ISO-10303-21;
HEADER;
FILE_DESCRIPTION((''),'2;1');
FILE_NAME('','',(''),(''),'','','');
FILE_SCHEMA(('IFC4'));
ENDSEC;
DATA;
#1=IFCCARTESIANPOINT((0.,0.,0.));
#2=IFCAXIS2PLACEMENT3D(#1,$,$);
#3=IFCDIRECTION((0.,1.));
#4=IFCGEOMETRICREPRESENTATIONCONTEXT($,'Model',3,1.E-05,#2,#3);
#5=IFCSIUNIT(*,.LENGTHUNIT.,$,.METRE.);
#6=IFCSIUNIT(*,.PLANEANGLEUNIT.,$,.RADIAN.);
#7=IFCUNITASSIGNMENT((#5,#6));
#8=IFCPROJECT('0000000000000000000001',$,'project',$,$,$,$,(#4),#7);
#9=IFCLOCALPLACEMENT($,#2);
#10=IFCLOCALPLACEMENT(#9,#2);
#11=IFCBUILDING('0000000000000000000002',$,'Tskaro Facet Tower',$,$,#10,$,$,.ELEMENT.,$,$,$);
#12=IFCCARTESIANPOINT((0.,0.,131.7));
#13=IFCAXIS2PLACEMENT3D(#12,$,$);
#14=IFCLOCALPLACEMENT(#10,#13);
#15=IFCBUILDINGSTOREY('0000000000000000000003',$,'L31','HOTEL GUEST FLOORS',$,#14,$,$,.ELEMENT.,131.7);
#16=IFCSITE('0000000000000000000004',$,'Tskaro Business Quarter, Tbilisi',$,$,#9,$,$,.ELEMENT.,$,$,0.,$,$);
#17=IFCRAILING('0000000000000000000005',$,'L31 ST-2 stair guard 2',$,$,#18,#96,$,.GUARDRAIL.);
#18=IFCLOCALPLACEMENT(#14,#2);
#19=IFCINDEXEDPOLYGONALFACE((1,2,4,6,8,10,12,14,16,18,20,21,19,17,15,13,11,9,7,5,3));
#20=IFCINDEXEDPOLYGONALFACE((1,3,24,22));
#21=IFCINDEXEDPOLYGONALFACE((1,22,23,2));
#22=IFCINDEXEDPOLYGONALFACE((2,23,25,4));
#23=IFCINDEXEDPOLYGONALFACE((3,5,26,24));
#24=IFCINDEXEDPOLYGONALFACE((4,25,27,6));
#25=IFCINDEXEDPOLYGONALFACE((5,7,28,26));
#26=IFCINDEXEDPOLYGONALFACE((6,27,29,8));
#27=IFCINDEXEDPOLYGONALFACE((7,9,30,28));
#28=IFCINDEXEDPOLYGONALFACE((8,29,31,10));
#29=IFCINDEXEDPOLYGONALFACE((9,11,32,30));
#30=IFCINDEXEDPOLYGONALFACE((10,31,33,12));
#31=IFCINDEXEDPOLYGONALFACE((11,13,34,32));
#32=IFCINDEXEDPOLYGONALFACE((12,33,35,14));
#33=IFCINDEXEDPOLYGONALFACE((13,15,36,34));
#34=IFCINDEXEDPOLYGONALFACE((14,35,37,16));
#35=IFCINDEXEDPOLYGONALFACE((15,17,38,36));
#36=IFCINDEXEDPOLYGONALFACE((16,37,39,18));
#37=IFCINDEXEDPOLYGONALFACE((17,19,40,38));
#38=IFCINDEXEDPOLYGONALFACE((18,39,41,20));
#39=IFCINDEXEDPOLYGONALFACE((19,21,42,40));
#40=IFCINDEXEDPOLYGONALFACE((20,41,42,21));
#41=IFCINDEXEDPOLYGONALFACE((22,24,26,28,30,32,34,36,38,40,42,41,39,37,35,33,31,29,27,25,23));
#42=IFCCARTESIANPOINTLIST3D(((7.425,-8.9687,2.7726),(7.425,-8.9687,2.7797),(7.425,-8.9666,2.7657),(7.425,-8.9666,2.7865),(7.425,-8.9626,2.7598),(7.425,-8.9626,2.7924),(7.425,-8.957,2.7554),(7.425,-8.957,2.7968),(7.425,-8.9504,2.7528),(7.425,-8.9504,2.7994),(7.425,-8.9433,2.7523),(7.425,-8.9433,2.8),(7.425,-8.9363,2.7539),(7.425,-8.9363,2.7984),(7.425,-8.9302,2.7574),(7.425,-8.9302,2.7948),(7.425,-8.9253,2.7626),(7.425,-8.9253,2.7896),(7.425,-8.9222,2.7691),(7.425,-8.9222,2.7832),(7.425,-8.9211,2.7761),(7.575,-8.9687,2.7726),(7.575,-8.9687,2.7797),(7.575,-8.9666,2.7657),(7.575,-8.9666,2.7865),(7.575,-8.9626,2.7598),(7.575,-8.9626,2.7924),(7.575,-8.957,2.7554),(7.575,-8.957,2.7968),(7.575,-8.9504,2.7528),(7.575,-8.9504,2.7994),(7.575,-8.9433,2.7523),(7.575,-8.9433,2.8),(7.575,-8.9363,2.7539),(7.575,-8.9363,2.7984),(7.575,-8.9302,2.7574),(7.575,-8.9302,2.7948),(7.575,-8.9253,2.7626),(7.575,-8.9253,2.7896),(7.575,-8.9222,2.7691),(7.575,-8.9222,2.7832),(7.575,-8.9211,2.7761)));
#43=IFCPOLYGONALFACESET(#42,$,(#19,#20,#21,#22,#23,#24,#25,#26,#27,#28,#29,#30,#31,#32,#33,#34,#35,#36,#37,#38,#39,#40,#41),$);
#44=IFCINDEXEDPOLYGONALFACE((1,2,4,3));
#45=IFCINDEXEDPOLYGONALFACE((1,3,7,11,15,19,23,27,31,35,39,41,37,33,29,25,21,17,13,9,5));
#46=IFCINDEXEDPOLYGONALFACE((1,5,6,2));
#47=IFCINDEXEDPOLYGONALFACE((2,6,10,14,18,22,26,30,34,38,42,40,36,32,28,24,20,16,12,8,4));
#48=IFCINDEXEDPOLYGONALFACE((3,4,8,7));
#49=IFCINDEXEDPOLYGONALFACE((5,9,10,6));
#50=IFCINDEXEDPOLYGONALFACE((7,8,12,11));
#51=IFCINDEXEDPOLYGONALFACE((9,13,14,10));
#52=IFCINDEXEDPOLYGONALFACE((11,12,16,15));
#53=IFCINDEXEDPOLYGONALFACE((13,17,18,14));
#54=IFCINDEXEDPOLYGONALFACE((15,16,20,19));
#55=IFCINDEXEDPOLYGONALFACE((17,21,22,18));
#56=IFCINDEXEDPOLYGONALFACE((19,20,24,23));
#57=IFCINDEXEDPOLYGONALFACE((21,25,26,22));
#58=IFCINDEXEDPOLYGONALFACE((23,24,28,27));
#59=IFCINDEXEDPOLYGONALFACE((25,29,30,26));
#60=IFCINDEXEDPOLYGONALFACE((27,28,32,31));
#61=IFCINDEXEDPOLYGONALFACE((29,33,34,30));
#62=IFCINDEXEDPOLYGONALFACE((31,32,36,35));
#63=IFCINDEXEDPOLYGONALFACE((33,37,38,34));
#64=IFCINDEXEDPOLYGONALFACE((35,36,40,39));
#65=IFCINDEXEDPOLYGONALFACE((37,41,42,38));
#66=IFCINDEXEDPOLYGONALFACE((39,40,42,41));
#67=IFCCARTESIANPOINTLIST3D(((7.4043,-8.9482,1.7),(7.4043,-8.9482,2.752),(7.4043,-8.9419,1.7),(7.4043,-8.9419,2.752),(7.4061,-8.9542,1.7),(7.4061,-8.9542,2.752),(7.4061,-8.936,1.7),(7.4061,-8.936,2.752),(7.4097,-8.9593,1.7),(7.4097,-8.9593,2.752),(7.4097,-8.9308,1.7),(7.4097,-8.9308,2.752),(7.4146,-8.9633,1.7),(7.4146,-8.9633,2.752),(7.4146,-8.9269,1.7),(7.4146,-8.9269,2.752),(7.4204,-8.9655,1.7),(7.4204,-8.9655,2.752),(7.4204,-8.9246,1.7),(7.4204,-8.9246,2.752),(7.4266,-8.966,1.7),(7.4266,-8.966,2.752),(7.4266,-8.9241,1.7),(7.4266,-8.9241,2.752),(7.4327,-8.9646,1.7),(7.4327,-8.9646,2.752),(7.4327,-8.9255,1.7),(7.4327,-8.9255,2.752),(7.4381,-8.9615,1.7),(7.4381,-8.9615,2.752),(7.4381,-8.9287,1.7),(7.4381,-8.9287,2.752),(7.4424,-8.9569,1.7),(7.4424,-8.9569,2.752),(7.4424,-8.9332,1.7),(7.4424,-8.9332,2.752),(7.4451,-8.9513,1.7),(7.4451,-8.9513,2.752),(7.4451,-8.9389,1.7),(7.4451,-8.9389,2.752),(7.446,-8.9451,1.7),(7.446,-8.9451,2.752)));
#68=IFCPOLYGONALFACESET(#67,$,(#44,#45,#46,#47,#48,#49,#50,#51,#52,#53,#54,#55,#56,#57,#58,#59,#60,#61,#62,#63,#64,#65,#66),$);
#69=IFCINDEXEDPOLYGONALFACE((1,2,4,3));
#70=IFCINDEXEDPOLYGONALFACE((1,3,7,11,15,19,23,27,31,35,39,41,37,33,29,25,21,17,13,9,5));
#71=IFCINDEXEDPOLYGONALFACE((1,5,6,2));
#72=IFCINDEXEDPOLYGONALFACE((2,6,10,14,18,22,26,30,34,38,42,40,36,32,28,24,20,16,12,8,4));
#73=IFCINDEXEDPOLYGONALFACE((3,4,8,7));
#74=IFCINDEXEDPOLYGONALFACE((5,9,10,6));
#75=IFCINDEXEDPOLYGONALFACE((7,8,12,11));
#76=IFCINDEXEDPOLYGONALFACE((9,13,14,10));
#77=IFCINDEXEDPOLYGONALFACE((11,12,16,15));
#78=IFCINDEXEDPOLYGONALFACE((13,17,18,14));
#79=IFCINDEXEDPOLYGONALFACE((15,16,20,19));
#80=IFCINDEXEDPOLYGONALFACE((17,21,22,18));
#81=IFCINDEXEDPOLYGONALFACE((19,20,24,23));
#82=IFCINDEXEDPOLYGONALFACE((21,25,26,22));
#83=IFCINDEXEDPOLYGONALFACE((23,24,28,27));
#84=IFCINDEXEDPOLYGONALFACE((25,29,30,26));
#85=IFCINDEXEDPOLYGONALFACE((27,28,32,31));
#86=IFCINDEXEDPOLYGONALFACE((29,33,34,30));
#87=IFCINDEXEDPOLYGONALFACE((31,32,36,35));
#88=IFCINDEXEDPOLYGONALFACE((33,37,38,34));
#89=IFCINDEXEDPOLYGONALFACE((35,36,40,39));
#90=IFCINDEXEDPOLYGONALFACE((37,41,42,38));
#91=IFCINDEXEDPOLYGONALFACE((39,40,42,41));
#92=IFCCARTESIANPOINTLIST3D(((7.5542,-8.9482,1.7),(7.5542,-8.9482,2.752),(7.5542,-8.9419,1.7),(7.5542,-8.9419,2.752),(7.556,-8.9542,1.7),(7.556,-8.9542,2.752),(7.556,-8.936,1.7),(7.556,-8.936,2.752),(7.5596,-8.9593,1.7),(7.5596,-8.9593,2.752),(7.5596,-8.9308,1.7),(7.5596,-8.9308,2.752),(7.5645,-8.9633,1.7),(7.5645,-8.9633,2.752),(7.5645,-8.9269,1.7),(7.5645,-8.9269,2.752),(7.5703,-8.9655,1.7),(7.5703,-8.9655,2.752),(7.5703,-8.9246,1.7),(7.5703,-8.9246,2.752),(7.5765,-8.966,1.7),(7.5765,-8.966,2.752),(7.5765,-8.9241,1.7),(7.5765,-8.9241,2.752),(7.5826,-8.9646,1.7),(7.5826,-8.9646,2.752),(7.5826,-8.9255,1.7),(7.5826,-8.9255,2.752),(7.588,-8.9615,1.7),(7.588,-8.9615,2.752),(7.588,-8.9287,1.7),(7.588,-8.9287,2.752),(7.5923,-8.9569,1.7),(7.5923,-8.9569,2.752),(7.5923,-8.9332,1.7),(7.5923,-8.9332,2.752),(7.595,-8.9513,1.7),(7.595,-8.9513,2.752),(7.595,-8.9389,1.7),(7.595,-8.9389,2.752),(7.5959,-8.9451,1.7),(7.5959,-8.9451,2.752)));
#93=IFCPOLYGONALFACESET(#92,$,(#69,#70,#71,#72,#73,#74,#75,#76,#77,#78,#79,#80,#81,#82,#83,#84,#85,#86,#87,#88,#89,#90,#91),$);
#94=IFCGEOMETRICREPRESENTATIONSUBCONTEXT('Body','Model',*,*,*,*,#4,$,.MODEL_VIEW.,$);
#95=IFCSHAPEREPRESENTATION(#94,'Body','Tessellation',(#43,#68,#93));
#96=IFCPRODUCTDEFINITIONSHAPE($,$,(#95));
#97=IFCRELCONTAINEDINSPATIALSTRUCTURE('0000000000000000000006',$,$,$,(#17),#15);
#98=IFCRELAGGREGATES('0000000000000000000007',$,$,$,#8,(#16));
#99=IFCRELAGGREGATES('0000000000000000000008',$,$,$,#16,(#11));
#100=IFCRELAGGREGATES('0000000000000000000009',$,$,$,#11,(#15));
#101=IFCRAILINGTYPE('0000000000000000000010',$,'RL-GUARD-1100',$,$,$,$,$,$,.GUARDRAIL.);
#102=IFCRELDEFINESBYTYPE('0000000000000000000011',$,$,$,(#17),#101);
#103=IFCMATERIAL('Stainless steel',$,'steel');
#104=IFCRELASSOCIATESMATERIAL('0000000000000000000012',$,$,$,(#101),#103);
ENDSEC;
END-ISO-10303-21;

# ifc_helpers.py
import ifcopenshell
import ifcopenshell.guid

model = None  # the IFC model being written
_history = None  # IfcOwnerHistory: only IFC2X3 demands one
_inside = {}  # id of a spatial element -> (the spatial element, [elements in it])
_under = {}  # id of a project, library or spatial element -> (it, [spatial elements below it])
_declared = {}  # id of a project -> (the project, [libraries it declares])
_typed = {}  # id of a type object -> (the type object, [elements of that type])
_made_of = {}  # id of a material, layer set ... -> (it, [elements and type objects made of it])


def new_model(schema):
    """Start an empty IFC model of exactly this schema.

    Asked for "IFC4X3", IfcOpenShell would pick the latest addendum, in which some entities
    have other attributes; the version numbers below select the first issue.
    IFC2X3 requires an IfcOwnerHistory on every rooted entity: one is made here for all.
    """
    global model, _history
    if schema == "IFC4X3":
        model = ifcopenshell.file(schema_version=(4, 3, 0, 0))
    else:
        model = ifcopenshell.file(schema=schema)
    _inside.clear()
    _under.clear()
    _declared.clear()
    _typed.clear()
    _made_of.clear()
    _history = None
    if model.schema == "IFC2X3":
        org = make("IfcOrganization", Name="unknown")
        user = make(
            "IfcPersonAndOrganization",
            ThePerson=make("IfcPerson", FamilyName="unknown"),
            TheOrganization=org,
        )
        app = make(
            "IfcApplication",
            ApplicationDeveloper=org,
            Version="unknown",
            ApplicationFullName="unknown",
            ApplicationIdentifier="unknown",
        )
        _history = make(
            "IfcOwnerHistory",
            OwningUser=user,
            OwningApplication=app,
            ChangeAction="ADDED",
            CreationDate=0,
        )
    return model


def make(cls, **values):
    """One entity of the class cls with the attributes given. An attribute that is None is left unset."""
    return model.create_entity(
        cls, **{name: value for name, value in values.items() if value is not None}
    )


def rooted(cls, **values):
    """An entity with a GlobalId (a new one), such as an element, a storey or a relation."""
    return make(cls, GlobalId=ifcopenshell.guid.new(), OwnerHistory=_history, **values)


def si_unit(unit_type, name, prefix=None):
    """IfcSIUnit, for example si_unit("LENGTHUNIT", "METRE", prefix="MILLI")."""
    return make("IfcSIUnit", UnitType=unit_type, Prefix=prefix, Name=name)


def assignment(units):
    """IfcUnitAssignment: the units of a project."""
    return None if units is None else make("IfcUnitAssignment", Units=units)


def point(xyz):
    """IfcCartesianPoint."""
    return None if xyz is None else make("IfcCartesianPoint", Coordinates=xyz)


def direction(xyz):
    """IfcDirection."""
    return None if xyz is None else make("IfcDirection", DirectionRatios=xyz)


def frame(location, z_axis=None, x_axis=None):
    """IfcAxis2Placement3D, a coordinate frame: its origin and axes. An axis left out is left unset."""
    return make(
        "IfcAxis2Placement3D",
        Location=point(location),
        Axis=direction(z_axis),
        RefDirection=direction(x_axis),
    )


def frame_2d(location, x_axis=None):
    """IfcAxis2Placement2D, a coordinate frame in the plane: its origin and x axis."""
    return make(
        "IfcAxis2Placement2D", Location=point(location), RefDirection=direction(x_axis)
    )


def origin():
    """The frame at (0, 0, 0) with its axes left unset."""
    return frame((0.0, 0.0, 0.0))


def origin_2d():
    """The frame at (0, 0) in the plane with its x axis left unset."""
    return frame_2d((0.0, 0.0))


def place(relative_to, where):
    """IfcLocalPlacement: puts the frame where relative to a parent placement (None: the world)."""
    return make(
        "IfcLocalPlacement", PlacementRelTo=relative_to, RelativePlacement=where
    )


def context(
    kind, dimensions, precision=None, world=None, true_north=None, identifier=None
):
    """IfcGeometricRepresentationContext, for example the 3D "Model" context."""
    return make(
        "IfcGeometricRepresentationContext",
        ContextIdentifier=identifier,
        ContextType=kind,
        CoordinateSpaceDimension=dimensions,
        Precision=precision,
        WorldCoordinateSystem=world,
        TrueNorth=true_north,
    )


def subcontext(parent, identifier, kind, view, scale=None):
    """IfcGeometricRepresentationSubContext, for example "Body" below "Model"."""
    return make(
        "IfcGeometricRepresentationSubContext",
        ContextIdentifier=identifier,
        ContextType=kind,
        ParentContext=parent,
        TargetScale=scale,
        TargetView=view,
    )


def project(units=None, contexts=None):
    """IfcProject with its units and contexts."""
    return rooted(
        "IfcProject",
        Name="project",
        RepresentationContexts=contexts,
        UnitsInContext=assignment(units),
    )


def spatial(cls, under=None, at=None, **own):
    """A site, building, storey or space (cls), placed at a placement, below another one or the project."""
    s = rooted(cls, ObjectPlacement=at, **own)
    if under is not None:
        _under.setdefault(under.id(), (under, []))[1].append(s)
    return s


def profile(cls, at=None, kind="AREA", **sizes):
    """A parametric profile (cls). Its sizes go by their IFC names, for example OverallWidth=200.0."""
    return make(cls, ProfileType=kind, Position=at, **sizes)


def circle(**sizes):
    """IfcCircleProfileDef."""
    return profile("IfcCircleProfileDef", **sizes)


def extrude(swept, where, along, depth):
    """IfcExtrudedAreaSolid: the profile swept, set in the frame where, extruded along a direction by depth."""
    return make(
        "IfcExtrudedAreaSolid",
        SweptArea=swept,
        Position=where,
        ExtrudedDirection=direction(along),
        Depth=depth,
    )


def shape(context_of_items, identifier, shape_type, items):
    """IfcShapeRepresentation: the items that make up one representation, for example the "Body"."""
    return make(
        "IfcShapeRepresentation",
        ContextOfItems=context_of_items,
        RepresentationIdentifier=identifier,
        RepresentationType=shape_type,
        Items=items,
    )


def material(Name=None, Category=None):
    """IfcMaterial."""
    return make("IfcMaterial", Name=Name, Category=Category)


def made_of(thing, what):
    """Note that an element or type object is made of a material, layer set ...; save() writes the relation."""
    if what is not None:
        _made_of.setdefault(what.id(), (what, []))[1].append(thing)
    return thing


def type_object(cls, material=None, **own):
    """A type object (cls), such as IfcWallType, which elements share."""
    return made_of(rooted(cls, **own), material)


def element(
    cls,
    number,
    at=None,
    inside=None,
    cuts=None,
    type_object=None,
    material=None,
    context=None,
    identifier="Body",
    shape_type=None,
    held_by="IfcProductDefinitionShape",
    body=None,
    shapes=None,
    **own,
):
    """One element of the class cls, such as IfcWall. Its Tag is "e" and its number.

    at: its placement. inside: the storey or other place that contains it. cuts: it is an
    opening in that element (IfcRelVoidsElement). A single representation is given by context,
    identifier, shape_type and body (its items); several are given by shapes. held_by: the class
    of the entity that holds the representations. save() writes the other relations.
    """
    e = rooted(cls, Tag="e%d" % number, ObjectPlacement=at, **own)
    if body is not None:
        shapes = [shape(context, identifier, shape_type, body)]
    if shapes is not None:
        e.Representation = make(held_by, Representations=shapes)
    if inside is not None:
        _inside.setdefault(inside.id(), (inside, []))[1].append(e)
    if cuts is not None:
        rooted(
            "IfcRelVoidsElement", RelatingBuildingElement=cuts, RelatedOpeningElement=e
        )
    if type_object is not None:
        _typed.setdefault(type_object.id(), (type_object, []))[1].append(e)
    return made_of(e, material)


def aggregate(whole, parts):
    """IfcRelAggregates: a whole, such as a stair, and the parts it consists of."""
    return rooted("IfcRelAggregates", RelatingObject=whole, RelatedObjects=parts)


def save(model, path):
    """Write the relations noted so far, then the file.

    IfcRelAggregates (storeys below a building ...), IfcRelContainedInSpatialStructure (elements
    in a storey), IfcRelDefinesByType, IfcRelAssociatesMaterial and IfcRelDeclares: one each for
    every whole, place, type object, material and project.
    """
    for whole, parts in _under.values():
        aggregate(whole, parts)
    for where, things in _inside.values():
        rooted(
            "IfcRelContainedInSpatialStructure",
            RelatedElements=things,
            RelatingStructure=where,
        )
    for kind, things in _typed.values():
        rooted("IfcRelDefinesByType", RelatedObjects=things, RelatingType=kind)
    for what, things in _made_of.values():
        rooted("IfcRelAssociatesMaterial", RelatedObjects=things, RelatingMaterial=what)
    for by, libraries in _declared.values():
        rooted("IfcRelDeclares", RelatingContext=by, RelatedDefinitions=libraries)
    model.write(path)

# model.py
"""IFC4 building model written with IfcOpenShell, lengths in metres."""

from ifc_helpers import new_model, si_unit, direction, frame, origin, origin_2d, place, context, subcontext, project, spatial, circle, extrude, material, type_object, element, save


model = new_model("IFC4")

# Units and contexts
model_context = context("Model", 3, precision=1e-05, world=origin(), true_north=direction((0.0, 1.0)))
body_context = subcontext(model_context, "Body", "Model", "MODEL_VIEW")
ifc_project = project(units=[si_unit("LENGTHUNIT", "METRE"), si_unit("PLANEANGLEUNIT", "RADIAN")], contexts=[model_context])

# Site, building, storey
site_placement = place(None, origin())
site = spatial("IfcSite", under=ifc_project, at=site_placement, Name="Tskaro Business Quarter, Tbilisi", CompositionType="ELEMENT", RefElevation=0.0)
building_placement = place(site_placement, origin())
building = spatial("IfcBuilding", under=site, at=building_placement, Name="Tskaro Facet Tower", CompositionType="ELEMENT")
storey_placement = place(building_placement, frame((0.0, 0.0, 131.7)))
storey = spatial("IfcBuildingStorey", under=building, at=storey_placement, Name="L31", Description="HOTEL GUEST FLOORS", CompositionType="ELEMENT", Elevation=131.7)

# Railing
ifc_material_1 = material(Name="Stainless steel", Category="steel")
railing_type_1 = type_object("IfcRailingType", Name="RL-GUARD-1100", PredefinedType="GUARDRAIL", material=ifc_material_1)
railing_1_placement = place(storey_placement, frame((7.425, -8.9451, 1.7)))
element("IfcRailing", 1, at=railing_1_placement, inside=storey, type_object=railing_type_1, Name="L31 ST-2 stair guard 2", PredefinedType="GUARDRAIL", context=body_context, shape_type="SweptSolid", body=[
    extrude(circle(Radius=0.0239, at=origin_2d()), frame((0.0, 0.0, 1.0762), z_axis=(1.0, 0.0, 0.0), x_axis=(0.0, 1.0, 0.0)), (0.0, 0.0, 1.0), 0.1499),
    extrude(circle(Radius=0.021, at=origin_2d()), origin(), (0.0, 0.0, 1.0), 1.052),
    extrude(circle(Radius=0.021, at=origin_2d()), frame((0.1499, 0.0, 0.0)), (0.0, 0.0, 1.0), 1.052),
])

save(model, "model.ifc")
